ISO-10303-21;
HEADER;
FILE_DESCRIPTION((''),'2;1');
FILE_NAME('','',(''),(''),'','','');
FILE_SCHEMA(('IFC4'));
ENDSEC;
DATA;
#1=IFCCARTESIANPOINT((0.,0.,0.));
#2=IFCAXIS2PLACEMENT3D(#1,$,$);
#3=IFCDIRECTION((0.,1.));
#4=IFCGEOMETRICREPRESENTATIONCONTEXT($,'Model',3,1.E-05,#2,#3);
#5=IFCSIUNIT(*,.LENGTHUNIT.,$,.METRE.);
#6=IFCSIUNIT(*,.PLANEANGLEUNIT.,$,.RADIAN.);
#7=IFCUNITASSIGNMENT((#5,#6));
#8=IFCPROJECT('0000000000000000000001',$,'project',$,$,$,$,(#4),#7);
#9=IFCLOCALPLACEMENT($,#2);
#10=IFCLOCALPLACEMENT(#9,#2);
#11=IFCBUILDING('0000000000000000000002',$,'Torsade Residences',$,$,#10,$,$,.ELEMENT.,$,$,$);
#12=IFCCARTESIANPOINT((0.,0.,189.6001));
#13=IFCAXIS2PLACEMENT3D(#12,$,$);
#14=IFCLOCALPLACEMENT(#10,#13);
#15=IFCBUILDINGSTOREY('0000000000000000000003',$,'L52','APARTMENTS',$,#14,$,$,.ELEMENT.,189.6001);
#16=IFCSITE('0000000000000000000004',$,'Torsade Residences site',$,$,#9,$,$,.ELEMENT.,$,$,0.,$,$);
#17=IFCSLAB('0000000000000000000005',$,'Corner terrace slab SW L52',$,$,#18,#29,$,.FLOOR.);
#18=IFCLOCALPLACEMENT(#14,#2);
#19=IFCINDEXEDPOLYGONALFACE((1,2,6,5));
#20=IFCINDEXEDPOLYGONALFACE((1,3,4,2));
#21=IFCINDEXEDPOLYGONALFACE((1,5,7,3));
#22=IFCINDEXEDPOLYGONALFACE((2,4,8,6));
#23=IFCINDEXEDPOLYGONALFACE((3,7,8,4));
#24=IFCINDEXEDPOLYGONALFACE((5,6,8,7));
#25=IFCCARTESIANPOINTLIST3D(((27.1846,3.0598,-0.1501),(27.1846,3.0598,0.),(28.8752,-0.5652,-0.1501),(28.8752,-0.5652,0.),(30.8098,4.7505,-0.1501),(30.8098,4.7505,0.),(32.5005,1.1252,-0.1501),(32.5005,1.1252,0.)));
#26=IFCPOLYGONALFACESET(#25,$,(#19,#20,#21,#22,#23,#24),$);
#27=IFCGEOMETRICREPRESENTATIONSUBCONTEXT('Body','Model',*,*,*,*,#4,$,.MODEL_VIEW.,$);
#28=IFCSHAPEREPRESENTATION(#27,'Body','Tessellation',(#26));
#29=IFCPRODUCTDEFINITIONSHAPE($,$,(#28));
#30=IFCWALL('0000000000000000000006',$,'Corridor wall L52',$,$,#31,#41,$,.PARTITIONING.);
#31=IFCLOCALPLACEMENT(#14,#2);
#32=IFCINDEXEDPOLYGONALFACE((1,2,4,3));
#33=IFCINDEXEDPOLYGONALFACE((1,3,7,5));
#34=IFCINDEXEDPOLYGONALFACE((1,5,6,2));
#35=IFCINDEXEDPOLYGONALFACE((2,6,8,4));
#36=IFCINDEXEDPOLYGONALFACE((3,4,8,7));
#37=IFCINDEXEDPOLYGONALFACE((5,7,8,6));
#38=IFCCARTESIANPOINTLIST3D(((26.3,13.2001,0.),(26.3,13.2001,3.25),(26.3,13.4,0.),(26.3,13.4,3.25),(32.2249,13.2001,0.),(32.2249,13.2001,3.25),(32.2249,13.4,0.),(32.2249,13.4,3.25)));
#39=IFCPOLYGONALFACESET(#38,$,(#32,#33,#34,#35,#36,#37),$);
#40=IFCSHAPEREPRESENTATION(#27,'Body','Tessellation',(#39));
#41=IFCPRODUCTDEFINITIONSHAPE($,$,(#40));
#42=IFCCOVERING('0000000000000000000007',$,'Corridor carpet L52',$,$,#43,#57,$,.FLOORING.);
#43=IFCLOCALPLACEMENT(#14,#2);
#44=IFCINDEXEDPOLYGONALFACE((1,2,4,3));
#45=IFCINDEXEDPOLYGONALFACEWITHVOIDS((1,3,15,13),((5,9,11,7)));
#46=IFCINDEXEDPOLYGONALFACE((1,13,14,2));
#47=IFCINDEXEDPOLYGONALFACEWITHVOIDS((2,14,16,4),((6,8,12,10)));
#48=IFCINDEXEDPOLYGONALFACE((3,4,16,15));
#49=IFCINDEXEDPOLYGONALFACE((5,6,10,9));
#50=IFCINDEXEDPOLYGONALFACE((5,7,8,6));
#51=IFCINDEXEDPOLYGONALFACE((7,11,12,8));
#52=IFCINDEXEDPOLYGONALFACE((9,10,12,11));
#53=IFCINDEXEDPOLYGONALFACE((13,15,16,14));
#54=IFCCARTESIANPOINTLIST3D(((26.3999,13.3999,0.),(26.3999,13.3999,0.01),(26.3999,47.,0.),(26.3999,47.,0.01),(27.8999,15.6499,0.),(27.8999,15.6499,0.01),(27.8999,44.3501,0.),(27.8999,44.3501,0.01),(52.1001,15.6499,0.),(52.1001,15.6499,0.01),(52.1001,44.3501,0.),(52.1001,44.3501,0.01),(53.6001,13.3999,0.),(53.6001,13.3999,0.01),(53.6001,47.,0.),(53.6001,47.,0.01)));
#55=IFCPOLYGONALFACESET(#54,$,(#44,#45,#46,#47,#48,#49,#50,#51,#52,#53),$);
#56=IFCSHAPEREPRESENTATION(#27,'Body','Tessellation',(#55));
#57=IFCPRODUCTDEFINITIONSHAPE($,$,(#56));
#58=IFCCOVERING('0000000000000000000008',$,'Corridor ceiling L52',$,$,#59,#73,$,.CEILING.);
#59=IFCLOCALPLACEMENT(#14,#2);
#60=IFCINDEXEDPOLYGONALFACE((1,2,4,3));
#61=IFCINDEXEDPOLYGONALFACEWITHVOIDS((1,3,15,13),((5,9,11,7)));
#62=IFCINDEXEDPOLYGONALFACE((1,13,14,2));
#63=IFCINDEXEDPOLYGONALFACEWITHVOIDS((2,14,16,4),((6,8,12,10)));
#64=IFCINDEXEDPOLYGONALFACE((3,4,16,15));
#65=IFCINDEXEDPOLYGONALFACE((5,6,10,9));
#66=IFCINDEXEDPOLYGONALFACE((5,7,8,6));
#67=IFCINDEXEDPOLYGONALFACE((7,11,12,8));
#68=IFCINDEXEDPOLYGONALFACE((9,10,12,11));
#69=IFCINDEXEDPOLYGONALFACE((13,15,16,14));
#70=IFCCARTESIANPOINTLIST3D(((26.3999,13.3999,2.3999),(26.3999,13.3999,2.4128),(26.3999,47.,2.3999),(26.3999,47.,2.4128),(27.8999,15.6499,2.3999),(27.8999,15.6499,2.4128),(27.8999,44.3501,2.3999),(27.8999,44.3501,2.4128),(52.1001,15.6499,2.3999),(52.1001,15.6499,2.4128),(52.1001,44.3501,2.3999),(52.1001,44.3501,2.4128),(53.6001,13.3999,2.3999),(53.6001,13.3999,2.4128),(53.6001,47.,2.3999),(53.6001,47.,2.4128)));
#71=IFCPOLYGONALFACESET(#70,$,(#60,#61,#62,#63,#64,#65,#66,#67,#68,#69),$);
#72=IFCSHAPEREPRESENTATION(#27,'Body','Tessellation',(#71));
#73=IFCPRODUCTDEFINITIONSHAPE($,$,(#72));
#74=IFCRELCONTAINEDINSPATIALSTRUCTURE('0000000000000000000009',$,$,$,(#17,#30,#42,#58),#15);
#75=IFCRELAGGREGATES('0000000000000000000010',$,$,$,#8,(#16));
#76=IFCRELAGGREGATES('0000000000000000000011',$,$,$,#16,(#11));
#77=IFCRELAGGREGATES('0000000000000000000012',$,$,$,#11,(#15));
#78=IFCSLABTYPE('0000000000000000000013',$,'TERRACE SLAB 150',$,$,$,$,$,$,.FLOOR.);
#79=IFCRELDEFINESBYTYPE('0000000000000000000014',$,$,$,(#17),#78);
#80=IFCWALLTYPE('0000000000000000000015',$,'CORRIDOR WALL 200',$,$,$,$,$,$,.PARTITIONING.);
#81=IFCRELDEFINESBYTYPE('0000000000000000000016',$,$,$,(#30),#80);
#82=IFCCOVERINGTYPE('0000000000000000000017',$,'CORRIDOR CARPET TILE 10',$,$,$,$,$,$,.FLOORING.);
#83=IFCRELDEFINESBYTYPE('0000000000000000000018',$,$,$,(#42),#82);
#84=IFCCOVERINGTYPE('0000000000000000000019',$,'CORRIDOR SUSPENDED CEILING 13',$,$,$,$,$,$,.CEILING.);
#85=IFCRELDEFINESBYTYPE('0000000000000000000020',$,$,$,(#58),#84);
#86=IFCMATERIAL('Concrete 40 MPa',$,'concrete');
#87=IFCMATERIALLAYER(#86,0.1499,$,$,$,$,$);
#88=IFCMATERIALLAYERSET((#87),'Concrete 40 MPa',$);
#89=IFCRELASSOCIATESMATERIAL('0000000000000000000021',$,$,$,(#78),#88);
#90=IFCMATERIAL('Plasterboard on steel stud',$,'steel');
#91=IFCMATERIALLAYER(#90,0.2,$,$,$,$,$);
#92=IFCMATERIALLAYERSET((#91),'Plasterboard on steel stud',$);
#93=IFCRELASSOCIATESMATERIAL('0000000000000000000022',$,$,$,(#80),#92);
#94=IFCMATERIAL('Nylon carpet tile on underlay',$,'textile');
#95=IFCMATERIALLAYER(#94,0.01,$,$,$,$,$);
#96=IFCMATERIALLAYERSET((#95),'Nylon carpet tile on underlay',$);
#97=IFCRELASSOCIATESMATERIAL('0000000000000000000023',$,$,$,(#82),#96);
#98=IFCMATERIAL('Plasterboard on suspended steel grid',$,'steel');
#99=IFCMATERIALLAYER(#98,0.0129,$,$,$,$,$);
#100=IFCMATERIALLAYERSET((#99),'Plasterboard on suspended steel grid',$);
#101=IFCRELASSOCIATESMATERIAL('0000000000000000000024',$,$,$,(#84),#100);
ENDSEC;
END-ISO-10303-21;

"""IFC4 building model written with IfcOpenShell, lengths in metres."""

from ifc_helpers import new_model, si_unit, direction, frame, frame_2d, origin, place, context, subcontext, project, spatial, polyline, rectangle, outline, extrude, material, layer, layer_set, type_object, element, save


model = new_model("IFC4")

# Units and contexts
model_context = context("Model", 3, precision=1e-05, world=origin(), true_north=direction((0.0, 1.0)))
body_context = subcontext(model_context, "Body", "Model", "MODEL_VIEW")
ifc_project = project(units=[si_unit("LENGTHUNIT", "METRE"), si_unit("PLANEANGLEUNIT", "RADIAN")], contexts=[model_context])

# Site, building, storey
site_placement = place(None, origin())
site = spatial("IfcSite", under=ifc_project, at=site_placement, Name="Torsade Residences site", CompositionType="ELEMENT", RefElevation=0.0)
building_placement = place(site_placement, origin())
building = spatial("IfcBuilding", under=site, at=building_placement, Name="Torsade Residences", CompositionType="ELEMENT")
storey_placement = place(building_placement, frame((0.0, 0.0, 189.6001)))
storey = spatial("IfcBuildingStorey", under=building, at=storey_placement, Name="L52", Description="APARTMENTS", CompositionType="ELEMENT", Elevation=189.6001)

# Slab
ifc_material_1 = material(Name="Concrete 40 MPa", Category="concrete")
ifc_layer_1 = layer(ifc_material_1, 0.1499)
ifc_layer_set_1 = layer_set([ifc_layer_1], Name="Concrete 40 MPa")
slab_type_1 = type_object("IfcSlabType", Name="TERRACE SLAB 150", PredefinedType="FLOOR", material=ifc_layer_set_1)
slab_1_placement = place(storey_placement, frame((0.0, 0.0, -0.1501)))
element("IfcSlab", 1, at=slab_1_placement, inside=storey, type_object=slab_type_1, Name="Corner terrace slab SW L52", PredefinedType="FLOOR", context=body_context, shape_type="SweptSolid", body=[
    extrude(outline(polyline([(28.8752, -0.5652), (32.5005, 1.1252), (30.8098, 4.7505), (27.1846, 3.0598), (28.8752, -0.5652)])), origin(), (0.0, 0.0, 1.0), 0.1501),
])

# Wall
ifc_material_2 = material(Name="Plasterboard on steel stud", Category="steel")
ifc_layer_2 = layer(ifc_material_2, 0.2)
ifc_layer_set_2 = layer_set([ifc_layer_2], Name="Plasterboard on steel stud")
wall_type = type_object("IfcWallType", Name="CORRIDOR WALL 200", PredefinedType="PARTITIONING", material=ifc_layer_set_2)
wall_placement = place(storey_placement, frame((26.3, 13.3, 0.0), z_axis=(0.0, 0.0, 1.0), x_axis=(1.0, 0.0, 0.0)))
element("IfcWall", 2, at=wall_placement, inside=storey, type_object=wall_type, Name="Corridor wall L52", PredefinedType="PARTITIONING", context=body_context, shape_type="SweptSolid", body=[
    extrude(rectangle(XDim=5.9248, YDim=0.2, at=frame_2d((2.9624, 0.0))), origin(), (0.0, 0.0, 1.0), 3.25),
])

# Coverings
ifc_material_3 = material(Name="Nylon carpet tile on underlay", Category="textile")
ifc_layer_3 = layer(ifc_material_3, 0.01)
ifc_layer_set_3 = layer_set([ifc_layer_3], Name="Nylon carpet tile on underlay")
covering_type_1 = type_object("IfcCoveringType", Name="CORRIDOR CARPET TILE 10", PredefinedType="FLOORING", material=ifc_layer_set_3)
covering_1_placement = place(storey_placement, origin())
element("IfcCovering", 3, at=covering_1_placement, inside=storey, type_object=covering_type_1, Name="Corridor carpet L52", PredefinedType="FLOORING", context=body_context, shape_type="SweptSolid", body=[
    extrude(outline(polyline([(26.3999, 47.0), (26.3999, 13.3999), (53.6001, 13.3999), (53.6001, 47.0), (26.3999, 47.0)]), holes=[polyline([(52.1001, 44.3501), (27.8999, 44.3501), (27.8999, 15.6499), (52.1001, 15.6499), (52.1001, 44.3501)])]), origin(), (0.0, 0.0, 1.0), 0.01),
])
ifc_material_4 = material(Name="Plasterboard on suspended steel grid", Category="steel")
ifc_layer_4 = layer(ifc_material_4, 0.0129)
ifc_layer_set_4 = layer_set([ifc_layer_4], Name="Plasterboard on suspended steel grid")
covering_type_2 = type_object("IfcCoveringType", Name="CORRIDOR SUSPENDED CEILING 13", PredefinedType="CEILING", material=ifc_layer_set_4)
covering_2_placement = place(storey_placement, frame((0.0, 0.0, 2.3999)))
element("IfcCovering", 4, at=covering_2_placement, inside=storey, type_object=covering_type_2, Name="Corridor ceiling L52", PredefinedType="CEILING", context=body_context, shape_type="SweptSolid", body=[
    extrude(outline(polyline([(26.3999, 47.0), (26.3999, 13.3999), (53.6001, 13.3999), (53.6001, 47.0), (26.3999, 47.0)]), holes=[polyline([(52.1001, 44.3501), (27.8999, 44.3501), (27.8999, 15.6499), (52.1001, 15.6499), (52.1001, 44.3501)])]), origin(), (0.0, 0.0, 1.0), 0.0129),
])

save(model, "model.ifc")
